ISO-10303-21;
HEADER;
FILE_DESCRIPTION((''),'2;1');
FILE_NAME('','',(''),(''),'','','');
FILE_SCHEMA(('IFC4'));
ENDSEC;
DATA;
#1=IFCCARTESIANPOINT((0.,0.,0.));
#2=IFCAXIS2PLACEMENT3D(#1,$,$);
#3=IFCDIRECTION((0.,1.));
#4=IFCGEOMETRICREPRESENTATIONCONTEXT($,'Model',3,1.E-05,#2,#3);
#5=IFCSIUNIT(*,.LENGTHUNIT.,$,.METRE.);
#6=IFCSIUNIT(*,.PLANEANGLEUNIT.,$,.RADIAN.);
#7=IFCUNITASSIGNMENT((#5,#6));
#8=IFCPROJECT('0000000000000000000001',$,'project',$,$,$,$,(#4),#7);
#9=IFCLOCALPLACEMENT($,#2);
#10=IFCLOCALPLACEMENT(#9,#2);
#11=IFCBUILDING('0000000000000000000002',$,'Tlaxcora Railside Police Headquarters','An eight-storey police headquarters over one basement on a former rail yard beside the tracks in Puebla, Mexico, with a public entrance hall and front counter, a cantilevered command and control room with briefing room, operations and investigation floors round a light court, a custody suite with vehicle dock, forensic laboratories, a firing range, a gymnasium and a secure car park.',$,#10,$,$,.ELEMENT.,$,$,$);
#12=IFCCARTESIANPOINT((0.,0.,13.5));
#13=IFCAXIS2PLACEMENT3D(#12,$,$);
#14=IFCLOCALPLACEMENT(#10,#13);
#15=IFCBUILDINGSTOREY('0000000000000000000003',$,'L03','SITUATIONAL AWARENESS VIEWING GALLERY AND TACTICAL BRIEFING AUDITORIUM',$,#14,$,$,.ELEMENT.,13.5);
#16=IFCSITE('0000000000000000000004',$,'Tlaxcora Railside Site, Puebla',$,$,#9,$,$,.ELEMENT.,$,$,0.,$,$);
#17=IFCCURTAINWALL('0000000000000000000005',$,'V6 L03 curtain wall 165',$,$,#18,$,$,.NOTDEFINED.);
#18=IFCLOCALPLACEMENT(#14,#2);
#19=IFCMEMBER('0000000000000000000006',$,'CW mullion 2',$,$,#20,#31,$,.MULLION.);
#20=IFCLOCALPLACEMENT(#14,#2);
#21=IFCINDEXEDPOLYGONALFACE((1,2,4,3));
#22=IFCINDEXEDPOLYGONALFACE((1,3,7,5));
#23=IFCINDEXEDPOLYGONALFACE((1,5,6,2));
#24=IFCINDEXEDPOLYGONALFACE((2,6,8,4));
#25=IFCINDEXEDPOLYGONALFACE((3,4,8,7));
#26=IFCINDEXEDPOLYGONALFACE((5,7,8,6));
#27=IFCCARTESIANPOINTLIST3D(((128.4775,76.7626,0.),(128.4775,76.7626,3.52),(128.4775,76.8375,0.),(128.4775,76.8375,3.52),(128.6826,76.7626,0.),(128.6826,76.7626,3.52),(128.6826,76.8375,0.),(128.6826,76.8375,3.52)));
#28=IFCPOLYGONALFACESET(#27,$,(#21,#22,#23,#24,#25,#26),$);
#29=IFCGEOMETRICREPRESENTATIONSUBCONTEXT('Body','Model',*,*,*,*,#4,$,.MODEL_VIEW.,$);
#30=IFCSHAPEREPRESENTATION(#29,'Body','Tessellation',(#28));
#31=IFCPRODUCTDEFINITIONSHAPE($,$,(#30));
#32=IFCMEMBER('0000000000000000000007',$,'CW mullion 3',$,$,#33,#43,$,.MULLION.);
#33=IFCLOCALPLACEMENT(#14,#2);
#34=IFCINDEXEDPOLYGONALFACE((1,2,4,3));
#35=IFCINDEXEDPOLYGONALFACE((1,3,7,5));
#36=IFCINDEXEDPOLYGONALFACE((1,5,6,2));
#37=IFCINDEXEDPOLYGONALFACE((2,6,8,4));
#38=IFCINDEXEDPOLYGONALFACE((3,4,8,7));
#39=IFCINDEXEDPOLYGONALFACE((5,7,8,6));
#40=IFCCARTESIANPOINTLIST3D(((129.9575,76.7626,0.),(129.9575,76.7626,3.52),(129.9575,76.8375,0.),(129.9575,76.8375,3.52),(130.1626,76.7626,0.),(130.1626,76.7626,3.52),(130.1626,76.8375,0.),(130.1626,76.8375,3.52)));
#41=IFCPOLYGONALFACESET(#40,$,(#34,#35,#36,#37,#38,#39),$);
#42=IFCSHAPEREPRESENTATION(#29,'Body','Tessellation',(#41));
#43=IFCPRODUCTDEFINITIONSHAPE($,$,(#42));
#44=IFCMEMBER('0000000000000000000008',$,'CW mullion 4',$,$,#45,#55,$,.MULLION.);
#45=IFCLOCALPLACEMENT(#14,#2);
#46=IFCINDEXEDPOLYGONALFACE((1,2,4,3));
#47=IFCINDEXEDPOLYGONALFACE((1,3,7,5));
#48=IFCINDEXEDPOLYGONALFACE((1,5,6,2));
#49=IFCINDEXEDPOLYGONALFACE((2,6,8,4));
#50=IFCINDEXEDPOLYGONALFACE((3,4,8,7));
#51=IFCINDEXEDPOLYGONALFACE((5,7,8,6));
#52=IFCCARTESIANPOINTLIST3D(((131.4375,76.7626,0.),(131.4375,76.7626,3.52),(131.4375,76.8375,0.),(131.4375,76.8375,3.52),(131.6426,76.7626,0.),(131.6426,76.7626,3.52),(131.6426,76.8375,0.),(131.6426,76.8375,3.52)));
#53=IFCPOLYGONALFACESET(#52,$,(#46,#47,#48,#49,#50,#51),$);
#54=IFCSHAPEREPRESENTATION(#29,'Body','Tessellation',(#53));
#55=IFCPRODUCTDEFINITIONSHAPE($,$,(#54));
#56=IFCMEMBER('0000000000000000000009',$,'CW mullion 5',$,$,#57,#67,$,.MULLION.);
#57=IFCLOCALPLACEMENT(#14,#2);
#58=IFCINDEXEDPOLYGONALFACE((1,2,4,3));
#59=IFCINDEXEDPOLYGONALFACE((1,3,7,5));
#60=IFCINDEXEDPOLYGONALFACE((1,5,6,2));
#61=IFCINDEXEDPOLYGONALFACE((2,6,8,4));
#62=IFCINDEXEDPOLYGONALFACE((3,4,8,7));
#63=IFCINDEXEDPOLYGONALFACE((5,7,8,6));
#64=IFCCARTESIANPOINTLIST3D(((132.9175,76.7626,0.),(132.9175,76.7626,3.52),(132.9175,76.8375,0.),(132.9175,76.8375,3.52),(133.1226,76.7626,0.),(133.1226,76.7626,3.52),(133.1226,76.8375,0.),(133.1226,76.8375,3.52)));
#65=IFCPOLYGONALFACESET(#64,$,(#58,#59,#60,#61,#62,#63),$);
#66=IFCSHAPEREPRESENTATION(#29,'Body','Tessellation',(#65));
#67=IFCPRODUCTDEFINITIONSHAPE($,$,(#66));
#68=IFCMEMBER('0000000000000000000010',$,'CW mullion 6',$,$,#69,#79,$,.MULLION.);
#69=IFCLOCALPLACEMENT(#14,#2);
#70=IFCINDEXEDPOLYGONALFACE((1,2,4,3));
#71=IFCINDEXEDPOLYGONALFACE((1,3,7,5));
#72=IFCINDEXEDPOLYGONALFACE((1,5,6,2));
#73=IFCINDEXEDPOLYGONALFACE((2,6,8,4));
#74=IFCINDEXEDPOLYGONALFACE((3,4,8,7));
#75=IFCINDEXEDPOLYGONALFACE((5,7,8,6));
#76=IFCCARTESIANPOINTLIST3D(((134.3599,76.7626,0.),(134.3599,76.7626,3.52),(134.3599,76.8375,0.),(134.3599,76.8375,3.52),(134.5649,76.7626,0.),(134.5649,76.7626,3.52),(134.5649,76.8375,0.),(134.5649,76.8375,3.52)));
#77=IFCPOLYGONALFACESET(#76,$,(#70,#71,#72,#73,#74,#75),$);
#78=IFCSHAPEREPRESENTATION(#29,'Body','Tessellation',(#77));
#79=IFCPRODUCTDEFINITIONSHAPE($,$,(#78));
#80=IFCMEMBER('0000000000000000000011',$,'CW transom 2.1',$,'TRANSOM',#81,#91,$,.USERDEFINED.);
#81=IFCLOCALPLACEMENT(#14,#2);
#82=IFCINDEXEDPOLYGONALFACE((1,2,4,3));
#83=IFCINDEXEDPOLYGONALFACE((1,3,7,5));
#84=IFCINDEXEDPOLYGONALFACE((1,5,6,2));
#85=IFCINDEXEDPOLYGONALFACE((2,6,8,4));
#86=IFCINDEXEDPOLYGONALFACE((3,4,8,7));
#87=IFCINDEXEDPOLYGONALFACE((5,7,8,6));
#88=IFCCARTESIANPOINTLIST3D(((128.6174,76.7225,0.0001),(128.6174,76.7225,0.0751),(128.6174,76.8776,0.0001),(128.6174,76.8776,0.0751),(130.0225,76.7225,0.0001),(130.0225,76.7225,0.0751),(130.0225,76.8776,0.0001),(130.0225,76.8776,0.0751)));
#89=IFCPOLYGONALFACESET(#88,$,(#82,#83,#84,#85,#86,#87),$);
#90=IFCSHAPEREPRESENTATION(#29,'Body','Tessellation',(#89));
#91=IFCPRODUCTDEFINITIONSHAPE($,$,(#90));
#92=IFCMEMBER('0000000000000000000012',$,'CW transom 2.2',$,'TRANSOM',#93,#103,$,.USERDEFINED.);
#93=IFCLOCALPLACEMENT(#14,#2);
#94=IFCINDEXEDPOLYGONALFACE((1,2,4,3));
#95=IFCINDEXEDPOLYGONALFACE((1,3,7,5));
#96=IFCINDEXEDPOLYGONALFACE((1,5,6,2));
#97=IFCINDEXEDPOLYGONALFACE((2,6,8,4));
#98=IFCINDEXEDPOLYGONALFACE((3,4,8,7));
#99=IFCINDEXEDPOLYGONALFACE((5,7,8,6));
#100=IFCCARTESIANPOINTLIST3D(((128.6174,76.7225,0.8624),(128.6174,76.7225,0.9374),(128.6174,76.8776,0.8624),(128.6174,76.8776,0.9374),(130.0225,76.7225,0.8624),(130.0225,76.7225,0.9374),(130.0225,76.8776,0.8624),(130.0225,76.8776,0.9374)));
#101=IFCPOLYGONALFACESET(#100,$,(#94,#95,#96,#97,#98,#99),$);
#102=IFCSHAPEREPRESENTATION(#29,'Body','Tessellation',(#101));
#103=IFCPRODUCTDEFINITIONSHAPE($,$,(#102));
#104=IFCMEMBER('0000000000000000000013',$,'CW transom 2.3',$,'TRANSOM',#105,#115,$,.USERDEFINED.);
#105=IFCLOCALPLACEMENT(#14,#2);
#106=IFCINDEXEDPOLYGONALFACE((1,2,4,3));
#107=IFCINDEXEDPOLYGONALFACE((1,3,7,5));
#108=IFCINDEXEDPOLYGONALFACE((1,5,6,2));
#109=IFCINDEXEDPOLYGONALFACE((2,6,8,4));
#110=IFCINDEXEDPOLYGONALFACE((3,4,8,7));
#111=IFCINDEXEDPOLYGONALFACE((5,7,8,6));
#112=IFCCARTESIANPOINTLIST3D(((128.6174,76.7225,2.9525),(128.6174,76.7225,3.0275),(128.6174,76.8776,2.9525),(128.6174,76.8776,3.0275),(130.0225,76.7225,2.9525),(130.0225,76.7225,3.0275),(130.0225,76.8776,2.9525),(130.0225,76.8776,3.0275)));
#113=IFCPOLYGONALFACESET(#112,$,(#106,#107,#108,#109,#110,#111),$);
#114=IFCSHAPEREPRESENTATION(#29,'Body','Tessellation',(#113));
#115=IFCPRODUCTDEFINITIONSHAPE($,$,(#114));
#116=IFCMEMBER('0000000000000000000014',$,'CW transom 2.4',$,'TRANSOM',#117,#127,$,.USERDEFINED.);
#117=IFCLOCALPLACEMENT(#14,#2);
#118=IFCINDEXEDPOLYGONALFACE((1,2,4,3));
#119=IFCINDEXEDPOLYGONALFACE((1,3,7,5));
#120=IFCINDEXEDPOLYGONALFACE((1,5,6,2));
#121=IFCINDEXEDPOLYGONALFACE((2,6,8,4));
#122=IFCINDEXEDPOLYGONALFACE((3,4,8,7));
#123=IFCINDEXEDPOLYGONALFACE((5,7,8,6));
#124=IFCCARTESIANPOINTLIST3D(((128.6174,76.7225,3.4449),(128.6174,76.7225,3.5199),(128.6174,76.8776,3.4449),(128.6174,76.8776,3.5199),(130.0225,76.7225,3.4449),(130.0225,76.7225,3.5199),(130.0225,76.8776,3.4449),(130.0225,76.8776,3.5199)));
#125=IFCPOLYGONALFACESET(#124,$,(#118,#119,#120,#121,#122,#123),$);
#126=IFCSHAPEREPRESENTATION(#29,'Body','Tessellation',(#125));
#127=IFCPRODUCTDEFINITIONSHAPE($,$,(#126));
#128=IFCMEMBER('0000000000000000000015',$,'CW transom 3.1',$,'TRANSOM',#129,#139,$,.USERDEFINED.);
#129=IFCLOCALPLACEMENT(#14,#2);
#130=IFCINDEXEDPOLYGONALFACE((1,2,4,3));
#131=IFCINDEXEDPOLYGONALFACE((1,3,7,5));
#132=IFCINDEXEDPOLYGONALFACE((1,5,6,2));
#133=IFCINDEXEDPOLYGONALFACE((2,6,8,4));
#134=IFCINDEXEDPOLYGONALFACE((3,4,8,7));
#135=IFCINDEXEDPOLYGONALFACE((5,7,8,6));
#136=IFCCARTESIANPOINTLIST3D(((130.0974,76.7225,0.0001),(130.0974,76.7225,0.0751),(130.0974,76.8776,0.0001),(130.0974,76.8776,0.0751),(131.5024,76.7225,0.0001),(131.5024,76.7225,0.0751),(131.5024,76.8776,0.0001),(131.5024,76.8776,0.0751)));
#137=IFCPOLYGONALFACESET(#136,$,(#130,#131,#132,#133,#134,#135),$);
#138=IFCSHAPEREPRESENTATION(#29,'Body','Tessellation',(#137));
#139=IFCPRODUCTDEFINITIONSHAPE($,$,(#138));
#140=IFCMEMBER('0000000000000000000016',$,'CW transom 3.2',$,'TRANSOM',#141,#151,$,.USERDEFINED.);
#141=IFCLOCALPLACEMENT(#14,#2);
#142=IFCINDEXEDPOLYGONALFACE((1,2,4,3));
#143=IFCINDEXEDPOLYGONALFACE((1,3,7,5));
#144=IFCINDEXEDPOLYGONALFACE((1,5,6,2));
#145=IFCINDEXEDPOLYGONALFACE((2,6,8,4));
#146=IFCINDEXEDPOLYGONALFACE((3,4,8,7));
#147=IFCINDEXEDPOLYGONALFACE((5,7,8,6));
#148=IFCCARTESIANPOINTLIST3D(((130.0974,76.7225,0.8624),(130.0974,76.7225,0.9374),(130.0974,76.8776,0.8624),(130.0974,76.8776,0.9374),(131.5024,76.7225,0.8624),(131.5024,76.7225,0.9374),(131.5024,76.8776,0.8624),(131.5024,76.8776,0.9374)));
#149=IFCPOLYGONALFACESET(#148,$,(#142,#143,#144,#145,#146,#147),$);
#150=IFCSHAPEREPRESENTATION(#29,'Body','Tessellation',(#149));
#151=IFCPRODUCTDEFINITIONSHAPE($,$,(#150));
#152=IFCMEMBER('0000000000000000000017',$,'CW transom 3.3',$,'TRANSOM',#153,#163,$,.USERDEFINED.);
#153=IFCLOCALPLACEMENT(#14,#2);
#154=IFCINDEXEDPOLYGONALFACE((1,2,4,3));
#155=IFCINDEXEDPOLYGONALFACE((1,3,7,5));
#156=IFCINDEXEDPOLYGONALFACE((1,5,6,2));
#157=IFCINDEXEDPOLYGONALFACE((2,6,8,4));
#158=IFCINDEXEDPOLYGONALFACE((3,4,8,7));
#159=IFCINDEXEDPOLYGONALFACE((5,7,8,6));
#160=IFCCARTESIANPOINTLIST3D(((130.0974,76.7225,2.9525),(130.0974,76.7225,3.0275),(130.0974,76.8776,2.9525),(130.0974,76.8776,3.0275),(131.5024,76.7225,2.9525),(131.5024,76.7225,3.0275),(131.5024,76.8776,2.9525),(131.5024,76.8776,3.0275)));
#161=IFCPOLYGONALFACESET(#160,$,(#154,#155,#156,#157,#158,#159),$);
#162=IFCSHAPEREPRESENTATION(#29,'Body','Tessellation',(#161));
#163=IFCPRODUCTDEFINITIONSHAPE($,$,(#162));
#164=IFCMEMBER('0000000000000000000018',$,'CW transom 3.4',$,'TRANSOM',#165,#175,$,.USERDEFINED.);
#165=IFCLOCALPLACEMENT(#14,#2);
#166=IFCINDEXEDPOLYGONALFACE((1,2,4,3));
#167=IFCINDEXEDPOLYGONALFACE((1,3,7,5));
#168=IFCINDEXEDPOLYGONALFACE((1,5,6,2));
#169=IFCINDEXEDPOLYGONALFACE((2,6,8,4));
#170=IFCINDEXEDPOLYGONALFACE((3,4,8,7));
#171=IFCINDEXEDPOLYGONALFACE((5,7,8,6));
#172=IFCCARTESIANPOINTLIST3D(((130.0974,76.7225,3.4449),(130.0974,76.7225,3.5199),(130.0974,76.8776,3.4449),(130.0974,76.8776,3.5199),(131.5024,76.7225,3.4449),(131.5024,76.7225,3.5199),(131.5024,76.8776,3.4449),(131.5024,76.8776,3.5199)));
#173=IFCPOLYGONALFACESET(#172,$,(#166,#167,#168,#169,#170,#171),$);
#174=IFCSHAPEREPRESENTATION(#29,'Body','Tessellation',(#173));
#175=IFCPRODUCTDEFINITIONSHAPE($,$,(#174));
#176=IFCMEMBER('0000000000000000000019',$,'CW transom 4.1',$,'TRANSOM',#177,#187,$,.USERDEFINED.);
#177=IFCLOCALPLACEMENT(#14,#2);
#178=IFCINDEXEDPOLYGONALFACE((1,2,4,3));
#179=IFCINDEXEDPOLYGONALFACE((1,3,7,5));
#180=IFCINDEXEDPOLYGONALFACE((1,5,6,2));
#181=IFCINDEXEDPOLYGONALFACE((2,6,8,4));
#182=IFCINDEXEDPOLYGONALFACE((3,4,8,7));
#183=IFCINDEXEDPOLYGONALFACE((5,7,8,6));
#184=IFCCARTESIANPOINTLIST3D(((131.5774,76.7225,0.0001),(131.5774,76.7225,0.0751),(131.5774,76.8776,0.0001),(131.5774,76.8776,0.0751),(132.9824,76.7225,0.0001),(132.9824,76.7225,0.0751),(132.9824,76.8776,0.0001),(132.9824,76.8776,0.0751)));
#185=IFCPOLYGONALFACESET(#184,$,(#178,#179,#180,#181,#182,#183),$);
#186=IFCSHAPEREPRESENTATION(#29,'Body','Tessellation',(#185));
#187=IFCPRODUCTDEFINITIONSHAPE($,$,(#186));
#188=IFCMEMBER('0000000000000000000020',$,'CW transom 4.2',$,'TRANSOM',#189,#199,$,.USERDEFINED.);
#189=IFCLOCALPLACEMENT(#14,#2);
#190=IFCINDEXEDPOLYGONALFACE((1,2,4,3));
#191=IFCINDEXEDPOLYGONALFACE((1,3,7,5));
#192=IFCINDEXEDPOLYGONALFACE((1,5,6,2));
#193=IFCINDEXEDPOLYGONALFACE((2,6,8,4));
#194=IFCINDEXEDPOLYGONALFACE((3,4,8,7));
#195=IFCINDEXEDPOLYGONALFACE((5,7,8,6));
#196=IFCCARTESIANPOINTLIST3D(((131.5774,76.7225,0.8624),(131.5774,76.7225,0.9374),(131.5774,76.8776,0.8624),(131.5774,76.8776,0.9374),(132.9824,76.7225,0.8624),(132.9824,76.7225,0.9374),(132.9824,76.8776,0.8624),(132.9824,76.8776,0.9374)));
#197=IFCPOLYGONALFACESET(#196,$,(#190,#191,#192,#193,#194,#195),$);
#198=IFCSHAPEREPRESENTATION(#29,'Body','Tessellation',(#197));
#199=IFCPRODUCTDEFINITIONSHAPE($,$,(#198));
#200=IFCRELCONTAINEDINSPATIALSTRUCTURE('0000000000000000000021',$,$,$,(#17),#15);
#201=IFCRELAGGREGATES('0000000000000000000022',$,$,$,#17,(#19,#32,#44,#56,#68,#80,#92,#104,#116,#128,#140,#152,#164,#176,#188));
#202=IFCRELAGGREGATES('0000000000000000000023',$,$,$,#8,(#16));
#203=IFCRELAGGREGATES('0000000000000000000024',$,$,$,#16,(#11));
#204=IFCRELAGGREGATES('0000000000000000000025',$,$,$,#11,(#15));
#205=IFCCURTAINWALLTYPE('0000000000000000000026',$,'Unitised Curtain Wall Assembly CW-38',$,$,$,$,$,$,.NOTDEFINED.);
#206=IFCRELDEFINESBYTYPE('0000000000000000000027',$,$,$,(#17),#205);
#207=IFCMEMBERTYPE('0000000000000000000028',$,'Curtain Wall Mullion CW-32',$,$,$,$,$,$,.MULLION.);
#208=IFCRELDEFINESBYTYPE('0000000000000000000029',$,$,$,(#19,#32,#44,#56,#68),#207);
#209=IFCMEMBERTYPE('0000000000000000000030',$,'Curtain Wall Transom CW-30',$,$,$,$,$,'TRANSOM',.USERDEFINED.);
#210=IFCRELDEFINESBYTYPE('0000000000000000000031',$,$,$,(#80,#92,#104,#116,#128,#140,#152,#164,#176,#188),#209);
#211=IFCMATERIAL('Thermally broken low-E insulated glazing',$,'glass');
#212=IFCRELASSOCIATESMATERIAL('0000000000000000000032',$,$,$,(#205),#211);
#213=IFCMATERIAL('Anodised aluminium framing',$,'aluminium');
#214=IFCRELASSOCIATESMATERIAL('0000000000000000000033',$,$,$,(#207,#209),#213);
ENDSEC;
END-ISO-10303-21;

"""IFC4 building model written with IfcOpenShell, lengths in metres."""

from ifc_helpers import new_model, si_unit, direction, frame, origin, origin_2d, place, context, subcontext, project, spatial, rectangle, extrude, material, material_profile, profile_set, type_object, element, aggregate, save


model = new_model("IFC4")

# Units and contexts
model_context = context("Model", 3, precision=1e-05, world=origin(), true_north=direction((0.0, 1.0)))
body_context = subcontext(model_context, "Body", "Model", "MODEL_VIEW")
ifc_project = project(units=[si_unit("LENGTHUNIT", "METRE"), si_unit("PLANEANGLEUNIT", "RADIAN")], contexts=[model_context])

# Site, building, storey
site_placement = place(None, origin())
site = spatial("IfcSite", under=ifc_project, at=site_placement, Name="Tlaxcora Railside Site, Puebla", CompositionType="ELEMENT", RefElevation=0.0)
building_placement = place(site_placement, origin())
building = spatial("IfcBuilding", under=site, at=building_placement, Name="Tlaxcora Railside Police Headquarters", Description="An eight-storey police headquarters over one basement on a former rail yard beside the tracks in Puebla, Mexico, with a public entrance hall and front counter, a cantilevered command and control room with briefing room, operations and investigation floors round a light court, a custody suite with vehicle dock, forensic laboratories, a firing range, a gymnasium and a secure car park.", CompositionType="ELEMENT")
storey_placement = place(building_placement, frame((0.0, 0.0, 13.5)))
storey = spatial("IfcBuildingStorey", under=building, at=storey_placement, Name="L03", Description="SITUATIONAL AWARENESS VIEWING GALLERY AND TACTICAL BRIEFING AUDITORIUM", CompositionType="ELEMENT", Elevation=13.5)

# Curtain wall, members
ifc_material_1 = material(Name="Thermally broken low-E insulated glazing", Category="glass")
curtain_wall_type = type_object("IfcCurtainWallType", Name="Unitised Curtain Wall Assembly CW-38", PredefinedType="NOTDEFINED", material=ifc_material_1)
curtain_wall_placement = place(storey_placement, origin())
curtain_wall = element("IfcCurtainWall", 1, at=curtain_wall_placement, inside=storey, type_object=curtain_wall_type, Name="V6 L03 curtain wall 165", PredefinedType="NOTDEFINED")
ifc_material_2 = material(Name="Anodised aluminium framing", Category="aluminium")
ifc_material_profile_1 = material_profile(ifc_material_2, rectangle(XDim=0.075, YDim=0.2051, at=origin_2d()), Name="AL75X205")
ifc_profile_set_1 = profile_set([ifc_material_profile_1], Name="Anodised aluminium framing")
member_type_1 = type_object("IfcMemberType", Name="Curtain Wall Mullion CW-32", PredefinedType="MULLION", material=ifc_profile_set_1)
member_1_placement = place(storey_placement, frame((128.5801, 76.8, 0.0), z_axis=(0.0, 0.0, 1.0), x_axis=(0.0, 1.0, 0.0)))
member_1 = element("IfcMember", 2, at=member_1_placement, type_object=member_type_1, Name="CW mullion 2", PredefinedType="MULLION", context=body_context, shape_type="SweptSolid", body=[
    extrude(rectangle(XDim=0.075, YDim=0.2051, at=origin_2d()), origin(), (0.0, 0.0, 1.0), 3.52),
])
member_2_placement = place(storey_placement, frame((130.0601, 76.8, 0.0), z_axis=(0.0, 0.0, 1.0), x_axis=(0.0, 1.0, 0.0)))
member_2 = element("IfcMember", 3, at=member_2_placement, type_object=member_type_1, Name="CW mullion 3", PredefinedType="MULLION", context=body_context, shape_type="SweptSolid", body=[
    extrude(rectangle(XDim=0.075, YDim=0.2051, at=origin_2d()), origin(), (0.0, 0.0, 1.0), 3.52),
])
member_3_placement = place(storey_placement, frame((131.54, 76.8, 0.0), z_axis=(0.0, 0.0, 1.0), x_axis=(0.0, 1.0, 0.0)))
member_3 = element("IfcMember", 4, at=member_3_placement, type_object=member_type_1, Name="CW mullion 4", PredefinedType="MULLION", context=body_context, shape_type="SweptSolid", body=[
    extrude(rectangle(XDim=0.075, YDim=0.2051, at=origin_2d()), origin(), (0.0, 0.0, 1.0), 3.52),
])
member_4_placement = place(storey_placement, frame((133.02, 76.8, 0.0), z_axis=(0.0, 0.0, 1.0), x_axis=(0.0, 1.0, 0.0)))
member_4 = element("IfcMember", 5, at=member_4_placement, type_object=member_type_1, Name="CW mullion 5", PredefinedType="MULLION", context=body_context, shape_type="SweptSolid", body=[
    extrude(rectangle(XDim=0.075, YDim=0.2051, at=origin_2d()), origin(), (0.0, 0.0, 1.0), 3.52),
])
member_5_placement = place(storey_placement, frame((134.4624, 76.8, 0.0), z_axis=(0.0, 0.0, 1.0), x_axis=(0.0, 1.0, 0.0)))
member_5 = element("IfcMember", 6, at=member_5_placement, type_object=member_type_1, Name="CW mullion 6", PredefinedType="MULLION", context=body_context, shape_type="SweptSolid", body=[
    extrude(rectangle(XDim=0.075, YDim=0.2051, at=origin_2d()), origin(), (0.0, 0.0, 1.0), 3.52),
])
ifc_material_profile_2 = material_profile(ifc_material_2, rectangle(XDim=0.155, YDim=0.075, at=origin_2d()), Name="AL75X155")
ifc_profile_set_2 = profile_set([ifc_material_profile_2], Name="Anodised aluminium framing")
member_type_2 = type_object("IfcMemberType", Name="Curtain Wall Transom CW-30", ElementType="TRANSOM", PredefinedType="USERDEFINED", material=ifc_profile_set_2)
member_6_placement = place(storey_placement, frame((128.6174, 76.8, 0.0376), z_axis=(1.0, 0.0, 0.0), x_axis=(0.0, 1.0, 0.0)))
member_6 = element("IfcMember", 7, at=member_6_placement, type_object=member_type_2, Name="CW transom 2.1", ObjectType="TRANSOM", PredefinedType="USERDEFINED", context=body_context, shape_type="SweptSolid", body=[
    extrude(rectangle(XDim=0.155, YDim=0.075, at=origin_2d()), origin(), (0.0, 0.0, 1.0), 1.405),
])
member_7_placement = place(storey_placement, frame((128.6174, 76.8, 0.8999), z_axis=(1.0, 0.0, 0.0), x_axis=(0.0, 1.0, 0.0)))
member_7 = element("IfcMember", 8, at=member_7_placement, type_object=member_type_2, Name="CW transom 2.2", ObjectType="TRANSOM", PredefinedType="USERDEFINED", context=body_context, shape_type="SweptSolid", body=[
    extrude(rectangle(XDim=0.155, YDim=0.075, at=origin_2d()), origin(), (0.0, 0.0, 1.0), 1.405),
])
member_8_placement = place(storey_placement, frame((128.6174, 76.8, 2.99), z_axis=(1.0, 0.0, 0.0), x_axis=(0.0, 1.0, 0.0)))
member_8 = element("IfcMember", 9, at=member_8_placement, type_object=member_type_2, Name="CW transom 2.3", ObjectType="TRANSOM", PredefinedType="USERDEFINED", context=body_context, shape_type="SweptSolid", body=[
    extrude(rectangle(XDim=0.155, YDim=0.075, at=origin_2d()), origin(), (0.0, 0.0, 1.0), 1.405),
])
member_9_placement = place(storey_placement, frame((128.6174, 76.8, 3.4824), z_axis=(1.0, 0.0, 0.0), x_axis=(0.0, 1.0, 0.0)))
member_9 = element("IfcMember", 10, at=member_9_placement, type_object=member_type_2, Name="CW transom 2.4", ObjectType="TRANSOM", PredefinedType="USERDEFINED", context=body_context, shape_type="SweptSolid", body=[
    extrude(rectangle(XDim=0.155, YDim=0.075, at=origin_2d()), origin(), (0.0, 0.0, 1.0), 1.405),
])
member_10_placement = place(storey_placement, frame((130.0974, 76.8, 0.0376), z_axis=(1.0, 0.0, 0.0), x_axis=(0.0, 1.0, 0.0)))
member_10 = element("IfcMember", 11, at=member_10_placement, type_object=member_type_2, Name="CW transom 3.1", ObjectType="TRANSOM", PredefinedType="USERDEFINED", context=body_context, shape_type="SweptSolid", body=[
    extrude(rectangle(XDim=0.155, YDim=0.075, at=origin_2d()), origin(), (0.0, 0.0, 1.0), 1.405),
])
member_11_placement = place(storey_placement, frame((130.0974, 76.8, 0.8999), z_axis=(1.0, 0.0, 0.0), x_axis=(0.0, 1.0, 0.0)))
member_11 = element("IfcMember", 12, at=member_11_placement, type_object=member_type_2, Name="CW transom 3.2", ObjectType="TRANSOM", PredefinedType="USERDEFINED", context=body_context, shape_type="SweptSolid", body=[
    extrude(rectangle(XDim=0.155, YDim=0.075, at=origin_2d()), origin(), (0.0, 0.0, 1.0), 1.405),
])
member_12_placement = place(storey_placement, frame((130.0974, 76.8, 2.99), z_axis=(1.0, 0.0, 0.0), x_axis=(0.0, 1.0, 0.0)))
member_12 = element("IfcMember", 13, at=member_12_placement, type_object=member_type_2, Name="CW transom 3.3", ObjectType="TRANSOM", PredefinedType="USERDEFINED", context=body_context, shape_type="SweptSolid", body=[
    extrude(rectangle(XDim=0.155, YDim=0.075, at=origin_2d()), origin(), (0.0, 0.0, 1.0), 1.405),
])
member_13_placement = place(storey_placement, frame((130.0974, 76.8, 3.4824), z_axis=(1.0, 0.0, 0.0), x_axis=(0.0, 1.0, 0.0)))
member_13 = element("IfcMember", 14, at=member_13_placement, type_object=member_type_2, Name="CW transom 3.4", ObjectType="TRANSOM", PredefinedType="USERDEFINED", context=body_context, shape_type="SweptSolid", body=[
    extrude(rectangle(XDim=0.155, YDim=0.075, at=origin_2d()), origin(), (0.0, 0.0, 1.0), 1.405),
])
member_14_placement = place(storey_placement, frame((131.5774, 76.8, 0.0376), z_axis=(1.0, 0.0, 0.0), x_axis=(0.0, 1.0, 0.0)))
member_14 = element("IfcMember", 15, at=member_14_placement, type_object=member_type_2, Name="CW transom 4.1", ObjectType="TRANSOM", PredefinedType="USERDEFINED", context=body_context, shape_type="SweptSolid", body=[
    extrude(rectangle(XDim=0.155, YDim=0.075, at=origin_2d()), origin(), (0.0, 0.0, 1.0), 1.405),
])
member_15_placement = place(storey_placement, frame((131.5774, 76.8, 0.8999), z_axis=(1.0, 0.0, 0.0), x_axis=(0.0, 1.0, 0.0)))
member_15 = element("IfcMember", 16, at=member_15_placement, type_object=member_type_2, Name="CW transom 4.2", ObjectType="TRANSOM", PredefinedType="USERDEFINED", context=body_context, shape_type="SweptSolid", body=[
    extrude(rectangle(XDim=0.155, YDim=0.075, at=origin_2d()), origin(), (0.0, 0.0, 1.0), 1.405),
])

aggregate(curtain_wall, [member_1, member_2, member_3, member_4, member_5, member_6, member_7, member_8, member_9, member_10, member_11, member_12, member_13, member_14, member_15])

save(model, "model.ifc")
